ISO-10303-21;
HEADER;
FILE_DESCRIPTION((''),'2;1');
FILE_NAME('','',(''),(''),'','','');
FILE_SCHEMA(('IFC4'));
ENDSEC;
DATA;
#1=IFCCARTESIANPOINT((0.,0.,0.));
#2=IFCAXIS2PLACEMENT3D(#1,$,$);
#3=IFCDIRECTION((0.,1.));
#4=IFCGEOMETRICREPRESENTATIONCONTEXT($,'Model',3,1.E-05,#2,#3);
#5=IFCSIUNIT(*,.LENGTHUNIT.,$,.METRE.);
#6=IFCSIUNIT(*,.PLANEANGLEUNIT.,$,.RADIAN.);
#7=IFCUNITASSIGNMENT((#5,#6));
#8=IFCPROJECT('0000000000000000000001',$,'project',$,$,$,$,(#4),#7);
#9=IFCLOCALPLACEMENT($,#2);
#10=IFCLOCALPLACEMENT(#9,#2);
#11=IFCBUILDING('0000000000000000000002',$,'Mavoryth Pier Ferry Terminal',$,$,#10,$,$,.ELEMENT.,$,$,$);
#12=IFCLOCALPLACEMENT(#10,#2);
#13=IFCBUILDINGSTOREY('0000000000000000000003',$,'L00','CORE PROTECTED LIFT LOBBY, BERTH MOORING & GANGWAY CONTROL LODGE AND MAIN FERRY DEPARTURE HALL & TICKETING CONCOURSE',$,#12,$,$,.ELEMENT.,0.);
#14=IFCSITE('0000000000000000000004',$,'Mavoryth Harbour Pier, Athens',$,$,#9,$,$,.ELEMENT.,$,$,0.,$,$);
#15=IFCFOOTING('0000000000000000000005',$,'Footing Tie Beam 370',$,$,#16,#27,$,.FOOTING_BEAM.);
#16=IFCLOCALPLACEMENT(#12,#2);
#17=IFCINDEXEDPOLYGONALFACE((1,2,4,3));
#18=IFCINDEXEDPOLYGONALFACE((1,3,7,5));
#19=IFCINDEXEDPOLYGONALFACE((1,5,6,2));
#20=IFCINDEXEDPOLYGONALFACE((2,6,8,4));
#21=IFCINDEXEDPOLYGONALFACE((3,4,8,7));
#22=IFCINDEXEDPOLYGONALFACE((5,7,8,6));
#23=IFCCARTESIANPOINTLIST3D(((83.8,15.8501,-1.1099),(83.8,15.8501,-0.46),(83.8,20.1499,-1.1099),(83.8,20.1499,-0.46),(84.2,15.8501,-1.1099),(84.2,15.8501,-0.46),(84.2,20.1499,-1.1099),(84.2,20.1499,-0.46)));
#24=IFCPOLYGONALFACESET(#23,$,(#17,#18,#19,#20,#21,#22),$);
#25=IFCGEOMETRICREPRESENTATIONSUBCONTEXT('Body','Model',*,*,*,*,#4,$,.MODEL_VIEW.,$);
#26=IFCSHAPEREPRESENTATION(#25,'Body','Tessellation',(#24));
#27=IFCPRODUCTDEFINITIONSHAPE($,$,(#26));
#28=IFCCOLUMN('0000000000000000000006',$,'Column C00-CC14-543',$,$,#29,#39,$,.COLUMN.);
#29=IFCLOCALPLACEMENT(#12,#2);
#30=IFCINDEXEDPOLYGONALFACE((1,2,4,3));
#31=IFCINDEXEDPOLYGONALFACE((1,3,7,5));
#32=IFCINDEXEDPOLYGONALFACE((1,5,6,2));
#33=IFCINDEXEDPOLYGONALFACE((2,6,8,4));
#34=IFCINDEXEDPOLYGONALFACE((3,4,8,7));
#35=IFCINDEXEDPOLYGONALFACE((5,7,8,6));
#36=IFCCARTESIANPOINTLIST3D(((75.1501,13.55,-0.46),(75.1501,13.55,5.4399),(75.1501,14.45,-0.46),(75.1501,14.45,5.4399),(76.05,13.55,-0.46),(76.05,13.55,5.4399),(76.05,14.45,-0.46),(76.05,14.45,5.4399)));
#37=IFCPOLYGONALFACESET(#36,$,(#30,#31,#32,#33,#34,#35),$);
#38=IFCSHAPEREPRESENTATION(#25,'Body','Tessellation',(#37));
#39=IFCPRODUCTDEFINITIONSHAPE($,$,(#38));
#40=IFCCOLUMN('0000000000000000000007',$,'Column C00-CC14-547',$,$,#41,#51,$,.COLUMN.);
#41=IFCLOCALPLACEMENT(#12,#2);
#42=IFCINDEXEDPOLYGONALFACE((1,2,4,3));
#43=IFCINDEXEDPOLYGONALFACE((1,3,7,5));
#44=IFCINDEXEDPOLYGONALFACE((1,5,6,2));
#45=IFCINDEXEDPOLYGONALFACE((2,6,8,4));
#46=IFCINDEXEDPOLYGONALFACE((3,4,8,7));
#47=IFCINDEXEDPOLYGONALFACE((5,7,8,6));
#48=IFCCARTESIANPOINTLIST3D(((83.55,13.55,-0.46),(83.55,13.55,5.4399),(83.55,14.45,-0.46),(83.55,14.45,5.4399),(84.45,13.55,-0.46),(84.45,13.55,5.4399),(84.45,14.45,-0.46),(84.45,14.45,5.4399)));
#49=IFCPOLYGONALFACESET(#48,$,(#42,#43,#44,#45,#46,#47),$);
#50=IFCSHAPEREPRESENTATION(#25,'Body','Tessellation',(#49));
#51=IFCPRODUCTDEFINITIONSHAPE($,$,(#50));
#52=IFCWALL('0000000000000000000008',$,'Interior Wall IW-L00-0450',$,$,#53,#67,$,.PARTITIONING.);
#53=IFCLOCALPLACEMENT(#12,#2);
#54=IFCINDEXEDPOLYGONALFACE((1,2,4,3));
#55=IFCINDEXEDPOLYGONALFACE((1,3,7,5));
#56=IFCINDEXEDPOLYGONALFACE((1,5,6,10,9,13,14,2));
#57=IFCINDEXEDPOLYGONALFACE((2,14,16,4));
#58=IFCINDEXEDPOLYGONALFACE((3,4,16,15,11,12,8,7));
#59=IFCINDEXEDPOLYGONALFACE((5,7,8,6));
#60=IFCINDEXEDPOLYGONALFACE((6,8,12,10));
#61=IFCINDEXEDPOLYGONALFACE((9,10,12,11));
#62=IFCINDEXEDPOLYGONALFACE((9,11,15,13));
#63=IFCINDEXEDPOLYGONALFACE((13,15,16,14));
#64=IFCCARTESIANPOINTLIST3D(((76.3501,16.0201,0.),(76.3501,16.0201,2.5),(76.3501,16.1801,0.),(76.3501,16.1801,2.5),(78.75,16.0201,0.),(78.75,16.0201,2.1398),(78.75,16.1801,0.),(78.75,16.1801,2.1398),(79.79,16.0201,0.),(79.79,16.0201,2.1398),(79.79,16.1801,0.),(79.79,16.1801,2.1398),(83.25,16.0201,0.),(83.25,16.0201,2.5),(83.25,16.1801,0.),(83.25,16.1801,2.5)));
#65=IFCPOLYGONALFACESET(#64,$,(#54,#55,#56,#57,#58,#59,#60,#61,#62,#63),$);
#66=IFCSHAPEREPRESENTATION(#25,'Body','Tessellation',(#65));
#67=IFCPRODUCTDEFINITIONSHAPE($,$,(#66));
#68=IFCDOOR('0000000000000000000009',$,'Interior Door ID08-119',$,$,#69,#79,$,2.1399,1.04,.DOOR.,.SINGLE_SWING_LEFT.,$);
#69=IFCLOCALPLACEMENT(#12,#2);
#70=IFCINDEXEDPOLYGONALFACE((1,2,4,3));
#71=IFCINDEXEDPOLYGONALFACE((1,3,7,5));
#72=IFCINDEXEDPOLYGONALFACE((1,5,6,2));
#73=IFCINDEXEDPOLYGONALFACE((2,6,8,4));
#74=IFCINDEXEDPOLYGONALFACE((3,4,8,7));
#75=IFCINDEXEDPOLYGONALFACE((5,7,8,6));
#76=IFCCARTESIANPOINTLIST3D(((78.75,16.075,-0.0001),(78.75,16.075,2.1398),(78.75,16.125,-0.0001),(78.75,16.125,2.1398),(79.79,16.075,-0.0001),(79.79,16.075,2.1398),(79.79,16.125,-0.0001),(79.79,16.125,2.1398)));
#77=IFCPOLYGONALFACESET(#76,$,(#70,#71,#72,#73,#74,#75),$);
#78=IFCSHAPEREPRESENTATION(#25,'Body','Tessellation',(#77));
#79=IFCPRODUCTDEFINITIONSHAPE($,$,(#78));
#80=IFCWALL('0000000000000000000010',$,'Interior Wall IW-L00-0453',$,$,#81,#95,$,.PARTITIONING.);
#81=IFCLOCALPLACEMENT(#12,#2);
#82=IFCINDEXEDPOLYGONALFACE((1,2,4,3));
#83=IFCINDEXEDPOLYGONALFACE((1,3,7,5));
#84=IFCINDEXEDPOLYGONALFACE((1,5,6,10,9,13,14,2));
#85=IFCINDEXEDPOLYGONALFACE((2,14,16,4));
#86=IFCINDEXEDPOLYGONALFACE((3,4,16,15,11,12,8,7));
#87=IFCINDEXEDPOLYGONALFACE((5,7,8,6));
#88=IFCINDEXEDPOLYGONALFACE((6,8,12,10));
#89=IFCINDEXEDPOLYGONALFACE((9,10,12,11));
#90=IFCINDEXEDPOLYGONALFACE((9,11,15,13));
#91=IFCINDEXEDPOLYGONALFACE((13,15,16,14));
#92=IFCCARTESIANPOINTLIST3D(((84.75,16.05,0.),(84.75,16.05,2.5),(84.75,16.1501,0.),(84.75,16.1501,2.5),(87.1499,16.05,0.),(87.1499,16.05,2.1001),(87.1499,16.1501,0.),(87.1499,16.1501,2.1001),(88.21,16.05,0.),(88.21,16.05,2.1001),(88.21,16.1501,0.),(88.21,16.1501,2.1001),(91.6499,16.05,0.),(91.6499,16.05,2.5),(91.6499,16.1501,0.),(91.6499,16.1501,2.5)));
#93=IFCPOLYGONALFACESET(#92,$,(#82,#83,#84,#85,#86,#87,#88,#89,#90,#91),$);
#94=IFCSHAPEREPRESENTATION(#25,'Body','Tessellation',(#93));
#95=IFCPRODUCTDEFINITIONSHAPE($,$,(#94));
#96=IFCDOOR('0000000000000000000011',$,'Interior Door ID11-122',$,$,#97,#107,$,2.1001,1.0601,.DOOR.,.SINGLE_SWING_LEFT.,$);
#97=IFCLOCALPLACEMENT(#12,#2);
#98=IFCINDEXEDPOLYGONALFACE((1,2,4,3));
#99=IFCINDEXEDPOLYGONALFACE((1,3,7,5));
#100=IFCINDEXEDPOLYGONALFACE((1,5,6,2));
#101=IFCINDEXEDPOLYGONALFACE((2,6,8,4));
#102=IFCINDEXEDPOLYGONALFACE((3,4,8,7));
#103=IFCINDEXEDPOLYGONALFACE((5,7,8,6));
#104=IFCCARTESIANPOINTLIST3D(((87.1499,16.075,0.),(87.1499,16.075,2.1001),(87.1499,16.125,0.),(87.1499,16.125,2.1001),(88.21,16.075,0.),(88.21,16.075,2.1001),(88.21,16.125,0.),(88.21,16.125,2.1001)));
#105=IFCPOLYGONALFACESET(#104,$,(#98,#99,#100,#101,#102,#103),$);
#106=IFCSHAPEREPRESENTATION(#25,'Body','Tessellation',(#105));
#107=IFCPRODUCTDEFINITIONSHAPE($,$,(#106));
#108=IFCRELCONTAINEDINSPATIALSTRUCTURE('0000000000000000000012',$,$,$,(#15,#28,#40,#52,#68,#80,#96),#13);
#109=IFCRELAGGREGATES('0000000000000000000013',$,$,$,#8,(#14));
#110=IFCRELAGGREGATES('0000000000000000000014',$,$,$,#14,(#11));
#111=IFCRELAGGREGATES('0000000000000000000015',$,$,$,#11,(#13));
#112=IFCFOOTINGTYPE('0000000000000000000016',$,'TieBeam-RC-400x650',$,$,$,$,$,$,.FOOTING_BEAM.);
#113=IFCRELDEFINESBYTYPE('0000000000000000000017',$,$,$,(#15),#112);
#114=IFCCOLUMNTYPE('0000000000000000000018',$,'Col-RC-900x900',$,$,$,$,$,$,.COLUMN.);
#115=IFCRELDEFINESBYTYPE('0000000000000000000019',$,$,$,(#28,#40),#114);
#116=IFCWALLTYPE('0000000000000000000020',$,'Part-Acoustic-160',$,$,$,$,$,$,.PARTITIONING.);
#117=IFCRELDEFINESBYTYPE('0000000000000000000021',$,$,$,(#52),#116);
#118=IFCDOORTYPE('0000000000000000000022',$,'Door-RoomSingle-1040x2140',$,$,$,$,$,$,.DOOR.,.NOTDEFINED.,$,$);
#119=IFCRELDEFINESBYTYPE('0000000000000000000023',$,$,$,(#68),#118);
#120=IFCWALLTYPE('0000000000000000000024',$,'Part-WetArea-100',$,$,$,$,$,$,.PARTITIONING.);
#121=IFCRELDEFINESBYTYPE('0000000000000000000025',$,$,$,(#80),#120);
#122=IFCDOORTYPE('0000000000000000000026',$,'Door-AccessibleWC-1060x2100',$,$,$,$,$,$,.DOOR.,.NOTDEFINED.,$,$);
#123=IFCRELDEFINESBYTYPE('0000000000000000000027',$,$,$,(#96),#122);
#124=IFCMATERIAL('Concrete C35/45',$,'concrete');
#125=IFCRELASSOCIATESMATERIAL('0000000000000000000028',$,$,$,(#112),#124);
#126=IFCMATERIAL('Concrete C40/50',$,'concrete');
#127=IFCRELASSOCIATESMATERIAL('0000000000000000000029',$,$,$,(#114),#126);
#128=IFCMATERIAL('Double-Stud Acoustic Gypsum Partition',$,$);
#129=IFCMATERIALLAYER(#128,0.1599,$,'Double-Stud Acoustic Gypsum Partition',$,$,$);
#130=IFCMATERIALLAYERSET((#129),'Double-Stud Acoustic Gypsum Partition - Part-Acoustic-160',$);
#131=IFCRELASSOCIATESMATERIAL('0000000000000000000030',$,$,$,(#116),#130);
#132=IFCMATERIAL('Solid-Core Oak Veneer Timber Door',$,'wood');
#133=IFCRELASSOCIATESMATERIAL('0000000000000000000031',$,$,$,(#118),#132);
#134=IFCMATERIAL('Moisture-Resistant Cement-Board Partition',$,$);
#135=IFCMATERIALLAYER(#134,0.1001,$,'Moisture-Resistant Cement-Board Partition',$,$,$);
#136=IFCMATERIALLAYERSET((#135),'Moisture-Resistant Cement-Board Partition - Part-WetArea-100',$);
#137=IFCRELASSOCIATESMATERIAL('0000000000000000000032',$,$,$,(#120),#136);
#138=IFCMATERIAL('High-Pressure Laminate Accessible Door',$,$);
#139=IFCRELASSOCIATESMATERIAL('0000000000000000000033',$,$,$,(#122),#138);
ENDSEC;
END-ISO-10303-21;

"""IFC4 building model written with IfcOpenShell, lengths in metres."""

from ifc_helpers import new_model, si_unit, direction, frame, frame_2d, origin, origin_2d, place, context, subcontext, project, spatial, rectangle, extrude, material, layer, layer_set, material_profile, profile_set, type_object, element, fill, save


model = new_model("IFC4")

# Units and contexts
model_context = context("Model", 3, precision=1e-05, world=origin(), true_north=direction((0.0, 1.0)))
body_context = subcontext(model_context, "Body", "Model", "MODEL_VIEW")
ifc_project = project(units=[si_unit("LENGTHUNIT", "METRE"), si_unit("PLANEANGLEUNIT", "RADIAN")], contexts=[model_context])

# Site, building, storey
site_placement = place(None, origin())
site = spatial("IfcSite", under=ifc_project, at=site_placement, Name="Mavoryth Harbour Pier, Athens", CompositionType="ELEMENT", RefElevation=0.0)
building_placement = place(site_placement, origin())
building = spatial("IfcBuilding", under=site, at=building_placement, Name="Mavoryth Pier Ferry Terminal", CompositionType="ELEMENT")
storey_placement = place(building_placement, origin())
storey = spatial("IfcBuildingStorey", under=building, at=storey_placement, Name="L00", Description="CORE PROTECTED LIFT LOBBY, BERTH MOORING & GANGWAY CONTROL LODGE AND MAIN FERRY DEPARTURE HALL & TICKETING CONCOURSE", CompositionType="ELEMENT", Elevation=0.0)

# Shared definitions
ifc_material_1 = material(Name="Concrete C35/45", Category="concrete")

# Footing
ifc_material_profile_1 = material_profile(ifc_material_1, rectangle(XDim=0.3999, YDim=0.6499, at=origin_2d()), Name="RC 400x650", Category="concrete")
ifc_profile_set_1 = profile_set([ifc_material_profile_1], Name="Concrete C35/45 - RC 400x650")
footing_type_1 = type_object("IfcFootingType", Name="TieBeam-RC-400x650", PredefinedType="FOOTING_BEAM", material=ifc_profile_set_1)
footing_1_placement = place(storey_placement, frame((84.0, 15.8501, -0.7849), z_axis=(0.0, 1.0, 0.0), x_axis=(-1.0, 0.0, 0.0)))
element("IfcFooting", 1, at=footing_1_placement, inside=storey, type_object=footing_type_1, Name="Footing Tie Beam 370", PredefinedType="FOOTING_BEAM", context=body_context, shape_type="SweptSolid", body=[
    extrude(rectangle(XDim=0.3999, YDim=0.6499, at=origin_2d()), origin(), (0.0, 0.0, 1.0), 4.2998),
])

# Columns
ifc_material_2 = material(Name="Concrete C40/50", Category="concrete")
ifc_material_profile_2 = material_profile(ifc_material_2, rectangle(XDim=0.8999, YDim=0.8999, at=origin_2d()), Name="RC 900x900", Category="concrete")
ifc_profile_set_2 = profile_set([ifc_material_profile_2], Name="Concrete C40/50 - RC 900x900")
column_type = type_object("IfcColumnType", Name="Col-RC-900x900", PredefinedType="COLUMN", material=ifc_profile_set_2)
for number, where, z_axis, x_axis, name in (
    (2, (75.6001, 14.0, -0.46), (0.0, 0.0, 1.0), (1.0, 0.0, 0.0), "Column C00-CC14-543"),
    (3, (84.0, 14.0, -0.46), (0.0, 0.0, 1.0), (1.0, 0.0, 0.0), "Column C00-CC14-547"),
):
    element("IfcColumn", number, at=place(storey_placement, frame(where, z_axis=z_axis, x_axis=x_axis)), inside=storey, type_object=column_type, Name=name, PredefinedType="COLUMN", context=body_context, shape_type="SweptSolid", body=[
        extrude(rectangle(XDim=0.8999, YDim=0.8999, at=origin_2d()), origin(), (0.0, 0.0, 1.0), 5.8999),
    ])

# Walls, openings, doors
ifc_material_3 = material(Name="Double-Stud Acoustic Gypsum Partition")
ifc_layer_1 = layer(ifc_material_3, 0.1599, Name="Double-Stud Acoustic Gypsum Partition")
ifc_layer_set_1 = layer_set([ifc_layer_1], Name="Double-Stud Acoustic Gypsum Partition - Part-Acoustic-160")
wall_type_1 = type_object("IfcWallType", Name="Part-Acoustic-160", PredefinedType="PARTITIONING", material=ifc_layer_set_1)
wall_1_placement = place(storey_placement, frame((76.3501, 16.1001, 0.0), z_axis=(0.0, 0.0, 1.0), x_axis=(1.0, 0.0, 0.0)))
wall_1 = element("IfcWall", 4, at=wall_1_placement, inside=storey, type_object=wall_type_1, Name="Interior Wall IW-L00-0450", PredefinedType="PARTITIONING", context=body_context, shape_type="SweptSolid", body=[
    extrude(rectangle(XDim=6.8999, YDim=0.1599, at=frame_2d((3.45, 0.0))), origin(), (0.0, 0.0, 1.0), 2.5),
])
opening_1_placement = place(wall_1_placement, frame((2.3999, 0.0, 0.0)))
opening_1 = element("IfcOpeningElement", 5, at=opening_1_placement, cuts=wall_1, PredefinedType="OPENING", context=body_context, shape_type="SweptSolid", body=[
    extrude(rectangle(XDim=1.04, YDim=2.1399, at=frame_2d((0.52, 1.0698))), frame((0.0, 0.0898, 0.0), z_axis=(0.0, -1.0, 0.0), x_axis=(1.0, 0.0, 0.0)), (0.0, 0.0, 1.0), 0.1799),
])
ifc_material_4 = material(Name="Solid-Core Oak Veneer Timber Door", Category="wood")
door_type_1 = type_object("IfcDoorType", Name="Door-RoomSingle-1040x2140", OperationType="NOTDEFINED", PredefinedType="DOOR", material=ifc_material_4)
door_1_placement = place(opening_1_placement, origin())
door_1 = element("IfcDoor", 6, at=door_1_placement, inside=storey, type_object=door_type_1, Name="Interior Door ID08-119", OperationType="SINGLE_SWING_LEFT", OverallHeight=2.1399, OverallWidth=1.04, PredefinedType="DOOR", context=body_context, shape_type="SweptSolid", body=[
    extrude(rectangle(XDim=1.04, YDim=2.1399, at=frame_2d((0.52, 1.0698))), frame((0.0, 0.0249, 0.0), z_axis=(0.0, -1.0, 0.0), x_axis=(1.0, 0.0, 0.0)), (0.0, 0.0, 1.0), 0.05),
])
fill(opening_1, door_1)
ifc_material_5 = material(Name="Moisture-Resistant Cement-Board Partition")
ifc_layer_2 = layer(ifc_material_5, 0.1001, Name="Moisture-Resistant Cement-Board Partition")
ifc_layer_set_2 = layer_set([ifc_layer_2], Name="Moisture-Resistant Cement-Board Partition - Part-WetArea-100")
wall_type_2 = type_object("IfcWallType", Name="Part-WetArea-100", PredefinedType="PARTITIONING", material=ifc_layer_set_2)
wall_2_placement = place(storey_placement, frame((84.75, 16.1001, 0.0), z_axis=(0.0, 0.0, 1.0), x_axis=(1.0, 0.0, 0.0)))
wall_2 = element("IfcWall", 7, at=wall_2_placement, inside=storey, type_object=wall_type_2, Name="Interior Wall IW-L00-0453", PredefinedType="PARTITIONING", context=body_context, shape_type="SweptSolid", body=[
    extrude(rectangle(XDim=6.8999, YDim=0.1001, at=frame_2d((3.45, 0.0))), origin(), (0.0, 0.0, 1.0), 2.5),
])
opening_2_placement = place(wall_2_placement, frame((2.3999, 0.0, 0.0)))
opening_2 = element("IfcOpeningElement", 8, at=opening_2_placement, cuts=wall_2, PredefinedType="OPENING", context=body_context, shape_type="SweptSolid", body=[
    extrude(rectangle(XDim=1.0601, YDim=2.1001, at=frame_2d((0.53, 1.05))), frame((0.0, 0.0601, 0.0), z_axis=(0.0, -1.0, 0.0), x_axis=(1.0, 0.0, 0.0)), (0.0, 0.0, 1.0), 0.1201),
])
ifc_material_6 = material(Name="High-Pressure Laminate Accessible Door")
door_type_2 = type_object("IfcDoorType", Name="Door-AccessibleWC-1060x2100", OperationType="NOTDEFINED", PredefinedType="DOOR", material=ifc_material_6)
door_2_placement = place(opening_2_placement, origin())
door_2 = element("IfcDoor", 9, at=door_2_placement, inside=storey, type_object=door_type_2, Name="Interior Door ID11-122", OperationType="SINGLE_SWING_LEFT", OverallHeight=2.1001, OverallWidth=1.0601, PredefinedType="DOOR", context=body_context, shape_type="SweptSolid", body=[
    extrude(rectangle(XDim=1.0601, YDim=2.1001, at=frame_2d((0.53, 1.05))), frame((0.0, 0.0249, 0.0), z_axis=(0.0, -1.0, 0.0), x_axis=(1.0, 0.0, 0.0)), (0.0, 0.0, 1.0), 0.05),
])
fill(opening_2, door_2)

save(model, "model.ifc")
